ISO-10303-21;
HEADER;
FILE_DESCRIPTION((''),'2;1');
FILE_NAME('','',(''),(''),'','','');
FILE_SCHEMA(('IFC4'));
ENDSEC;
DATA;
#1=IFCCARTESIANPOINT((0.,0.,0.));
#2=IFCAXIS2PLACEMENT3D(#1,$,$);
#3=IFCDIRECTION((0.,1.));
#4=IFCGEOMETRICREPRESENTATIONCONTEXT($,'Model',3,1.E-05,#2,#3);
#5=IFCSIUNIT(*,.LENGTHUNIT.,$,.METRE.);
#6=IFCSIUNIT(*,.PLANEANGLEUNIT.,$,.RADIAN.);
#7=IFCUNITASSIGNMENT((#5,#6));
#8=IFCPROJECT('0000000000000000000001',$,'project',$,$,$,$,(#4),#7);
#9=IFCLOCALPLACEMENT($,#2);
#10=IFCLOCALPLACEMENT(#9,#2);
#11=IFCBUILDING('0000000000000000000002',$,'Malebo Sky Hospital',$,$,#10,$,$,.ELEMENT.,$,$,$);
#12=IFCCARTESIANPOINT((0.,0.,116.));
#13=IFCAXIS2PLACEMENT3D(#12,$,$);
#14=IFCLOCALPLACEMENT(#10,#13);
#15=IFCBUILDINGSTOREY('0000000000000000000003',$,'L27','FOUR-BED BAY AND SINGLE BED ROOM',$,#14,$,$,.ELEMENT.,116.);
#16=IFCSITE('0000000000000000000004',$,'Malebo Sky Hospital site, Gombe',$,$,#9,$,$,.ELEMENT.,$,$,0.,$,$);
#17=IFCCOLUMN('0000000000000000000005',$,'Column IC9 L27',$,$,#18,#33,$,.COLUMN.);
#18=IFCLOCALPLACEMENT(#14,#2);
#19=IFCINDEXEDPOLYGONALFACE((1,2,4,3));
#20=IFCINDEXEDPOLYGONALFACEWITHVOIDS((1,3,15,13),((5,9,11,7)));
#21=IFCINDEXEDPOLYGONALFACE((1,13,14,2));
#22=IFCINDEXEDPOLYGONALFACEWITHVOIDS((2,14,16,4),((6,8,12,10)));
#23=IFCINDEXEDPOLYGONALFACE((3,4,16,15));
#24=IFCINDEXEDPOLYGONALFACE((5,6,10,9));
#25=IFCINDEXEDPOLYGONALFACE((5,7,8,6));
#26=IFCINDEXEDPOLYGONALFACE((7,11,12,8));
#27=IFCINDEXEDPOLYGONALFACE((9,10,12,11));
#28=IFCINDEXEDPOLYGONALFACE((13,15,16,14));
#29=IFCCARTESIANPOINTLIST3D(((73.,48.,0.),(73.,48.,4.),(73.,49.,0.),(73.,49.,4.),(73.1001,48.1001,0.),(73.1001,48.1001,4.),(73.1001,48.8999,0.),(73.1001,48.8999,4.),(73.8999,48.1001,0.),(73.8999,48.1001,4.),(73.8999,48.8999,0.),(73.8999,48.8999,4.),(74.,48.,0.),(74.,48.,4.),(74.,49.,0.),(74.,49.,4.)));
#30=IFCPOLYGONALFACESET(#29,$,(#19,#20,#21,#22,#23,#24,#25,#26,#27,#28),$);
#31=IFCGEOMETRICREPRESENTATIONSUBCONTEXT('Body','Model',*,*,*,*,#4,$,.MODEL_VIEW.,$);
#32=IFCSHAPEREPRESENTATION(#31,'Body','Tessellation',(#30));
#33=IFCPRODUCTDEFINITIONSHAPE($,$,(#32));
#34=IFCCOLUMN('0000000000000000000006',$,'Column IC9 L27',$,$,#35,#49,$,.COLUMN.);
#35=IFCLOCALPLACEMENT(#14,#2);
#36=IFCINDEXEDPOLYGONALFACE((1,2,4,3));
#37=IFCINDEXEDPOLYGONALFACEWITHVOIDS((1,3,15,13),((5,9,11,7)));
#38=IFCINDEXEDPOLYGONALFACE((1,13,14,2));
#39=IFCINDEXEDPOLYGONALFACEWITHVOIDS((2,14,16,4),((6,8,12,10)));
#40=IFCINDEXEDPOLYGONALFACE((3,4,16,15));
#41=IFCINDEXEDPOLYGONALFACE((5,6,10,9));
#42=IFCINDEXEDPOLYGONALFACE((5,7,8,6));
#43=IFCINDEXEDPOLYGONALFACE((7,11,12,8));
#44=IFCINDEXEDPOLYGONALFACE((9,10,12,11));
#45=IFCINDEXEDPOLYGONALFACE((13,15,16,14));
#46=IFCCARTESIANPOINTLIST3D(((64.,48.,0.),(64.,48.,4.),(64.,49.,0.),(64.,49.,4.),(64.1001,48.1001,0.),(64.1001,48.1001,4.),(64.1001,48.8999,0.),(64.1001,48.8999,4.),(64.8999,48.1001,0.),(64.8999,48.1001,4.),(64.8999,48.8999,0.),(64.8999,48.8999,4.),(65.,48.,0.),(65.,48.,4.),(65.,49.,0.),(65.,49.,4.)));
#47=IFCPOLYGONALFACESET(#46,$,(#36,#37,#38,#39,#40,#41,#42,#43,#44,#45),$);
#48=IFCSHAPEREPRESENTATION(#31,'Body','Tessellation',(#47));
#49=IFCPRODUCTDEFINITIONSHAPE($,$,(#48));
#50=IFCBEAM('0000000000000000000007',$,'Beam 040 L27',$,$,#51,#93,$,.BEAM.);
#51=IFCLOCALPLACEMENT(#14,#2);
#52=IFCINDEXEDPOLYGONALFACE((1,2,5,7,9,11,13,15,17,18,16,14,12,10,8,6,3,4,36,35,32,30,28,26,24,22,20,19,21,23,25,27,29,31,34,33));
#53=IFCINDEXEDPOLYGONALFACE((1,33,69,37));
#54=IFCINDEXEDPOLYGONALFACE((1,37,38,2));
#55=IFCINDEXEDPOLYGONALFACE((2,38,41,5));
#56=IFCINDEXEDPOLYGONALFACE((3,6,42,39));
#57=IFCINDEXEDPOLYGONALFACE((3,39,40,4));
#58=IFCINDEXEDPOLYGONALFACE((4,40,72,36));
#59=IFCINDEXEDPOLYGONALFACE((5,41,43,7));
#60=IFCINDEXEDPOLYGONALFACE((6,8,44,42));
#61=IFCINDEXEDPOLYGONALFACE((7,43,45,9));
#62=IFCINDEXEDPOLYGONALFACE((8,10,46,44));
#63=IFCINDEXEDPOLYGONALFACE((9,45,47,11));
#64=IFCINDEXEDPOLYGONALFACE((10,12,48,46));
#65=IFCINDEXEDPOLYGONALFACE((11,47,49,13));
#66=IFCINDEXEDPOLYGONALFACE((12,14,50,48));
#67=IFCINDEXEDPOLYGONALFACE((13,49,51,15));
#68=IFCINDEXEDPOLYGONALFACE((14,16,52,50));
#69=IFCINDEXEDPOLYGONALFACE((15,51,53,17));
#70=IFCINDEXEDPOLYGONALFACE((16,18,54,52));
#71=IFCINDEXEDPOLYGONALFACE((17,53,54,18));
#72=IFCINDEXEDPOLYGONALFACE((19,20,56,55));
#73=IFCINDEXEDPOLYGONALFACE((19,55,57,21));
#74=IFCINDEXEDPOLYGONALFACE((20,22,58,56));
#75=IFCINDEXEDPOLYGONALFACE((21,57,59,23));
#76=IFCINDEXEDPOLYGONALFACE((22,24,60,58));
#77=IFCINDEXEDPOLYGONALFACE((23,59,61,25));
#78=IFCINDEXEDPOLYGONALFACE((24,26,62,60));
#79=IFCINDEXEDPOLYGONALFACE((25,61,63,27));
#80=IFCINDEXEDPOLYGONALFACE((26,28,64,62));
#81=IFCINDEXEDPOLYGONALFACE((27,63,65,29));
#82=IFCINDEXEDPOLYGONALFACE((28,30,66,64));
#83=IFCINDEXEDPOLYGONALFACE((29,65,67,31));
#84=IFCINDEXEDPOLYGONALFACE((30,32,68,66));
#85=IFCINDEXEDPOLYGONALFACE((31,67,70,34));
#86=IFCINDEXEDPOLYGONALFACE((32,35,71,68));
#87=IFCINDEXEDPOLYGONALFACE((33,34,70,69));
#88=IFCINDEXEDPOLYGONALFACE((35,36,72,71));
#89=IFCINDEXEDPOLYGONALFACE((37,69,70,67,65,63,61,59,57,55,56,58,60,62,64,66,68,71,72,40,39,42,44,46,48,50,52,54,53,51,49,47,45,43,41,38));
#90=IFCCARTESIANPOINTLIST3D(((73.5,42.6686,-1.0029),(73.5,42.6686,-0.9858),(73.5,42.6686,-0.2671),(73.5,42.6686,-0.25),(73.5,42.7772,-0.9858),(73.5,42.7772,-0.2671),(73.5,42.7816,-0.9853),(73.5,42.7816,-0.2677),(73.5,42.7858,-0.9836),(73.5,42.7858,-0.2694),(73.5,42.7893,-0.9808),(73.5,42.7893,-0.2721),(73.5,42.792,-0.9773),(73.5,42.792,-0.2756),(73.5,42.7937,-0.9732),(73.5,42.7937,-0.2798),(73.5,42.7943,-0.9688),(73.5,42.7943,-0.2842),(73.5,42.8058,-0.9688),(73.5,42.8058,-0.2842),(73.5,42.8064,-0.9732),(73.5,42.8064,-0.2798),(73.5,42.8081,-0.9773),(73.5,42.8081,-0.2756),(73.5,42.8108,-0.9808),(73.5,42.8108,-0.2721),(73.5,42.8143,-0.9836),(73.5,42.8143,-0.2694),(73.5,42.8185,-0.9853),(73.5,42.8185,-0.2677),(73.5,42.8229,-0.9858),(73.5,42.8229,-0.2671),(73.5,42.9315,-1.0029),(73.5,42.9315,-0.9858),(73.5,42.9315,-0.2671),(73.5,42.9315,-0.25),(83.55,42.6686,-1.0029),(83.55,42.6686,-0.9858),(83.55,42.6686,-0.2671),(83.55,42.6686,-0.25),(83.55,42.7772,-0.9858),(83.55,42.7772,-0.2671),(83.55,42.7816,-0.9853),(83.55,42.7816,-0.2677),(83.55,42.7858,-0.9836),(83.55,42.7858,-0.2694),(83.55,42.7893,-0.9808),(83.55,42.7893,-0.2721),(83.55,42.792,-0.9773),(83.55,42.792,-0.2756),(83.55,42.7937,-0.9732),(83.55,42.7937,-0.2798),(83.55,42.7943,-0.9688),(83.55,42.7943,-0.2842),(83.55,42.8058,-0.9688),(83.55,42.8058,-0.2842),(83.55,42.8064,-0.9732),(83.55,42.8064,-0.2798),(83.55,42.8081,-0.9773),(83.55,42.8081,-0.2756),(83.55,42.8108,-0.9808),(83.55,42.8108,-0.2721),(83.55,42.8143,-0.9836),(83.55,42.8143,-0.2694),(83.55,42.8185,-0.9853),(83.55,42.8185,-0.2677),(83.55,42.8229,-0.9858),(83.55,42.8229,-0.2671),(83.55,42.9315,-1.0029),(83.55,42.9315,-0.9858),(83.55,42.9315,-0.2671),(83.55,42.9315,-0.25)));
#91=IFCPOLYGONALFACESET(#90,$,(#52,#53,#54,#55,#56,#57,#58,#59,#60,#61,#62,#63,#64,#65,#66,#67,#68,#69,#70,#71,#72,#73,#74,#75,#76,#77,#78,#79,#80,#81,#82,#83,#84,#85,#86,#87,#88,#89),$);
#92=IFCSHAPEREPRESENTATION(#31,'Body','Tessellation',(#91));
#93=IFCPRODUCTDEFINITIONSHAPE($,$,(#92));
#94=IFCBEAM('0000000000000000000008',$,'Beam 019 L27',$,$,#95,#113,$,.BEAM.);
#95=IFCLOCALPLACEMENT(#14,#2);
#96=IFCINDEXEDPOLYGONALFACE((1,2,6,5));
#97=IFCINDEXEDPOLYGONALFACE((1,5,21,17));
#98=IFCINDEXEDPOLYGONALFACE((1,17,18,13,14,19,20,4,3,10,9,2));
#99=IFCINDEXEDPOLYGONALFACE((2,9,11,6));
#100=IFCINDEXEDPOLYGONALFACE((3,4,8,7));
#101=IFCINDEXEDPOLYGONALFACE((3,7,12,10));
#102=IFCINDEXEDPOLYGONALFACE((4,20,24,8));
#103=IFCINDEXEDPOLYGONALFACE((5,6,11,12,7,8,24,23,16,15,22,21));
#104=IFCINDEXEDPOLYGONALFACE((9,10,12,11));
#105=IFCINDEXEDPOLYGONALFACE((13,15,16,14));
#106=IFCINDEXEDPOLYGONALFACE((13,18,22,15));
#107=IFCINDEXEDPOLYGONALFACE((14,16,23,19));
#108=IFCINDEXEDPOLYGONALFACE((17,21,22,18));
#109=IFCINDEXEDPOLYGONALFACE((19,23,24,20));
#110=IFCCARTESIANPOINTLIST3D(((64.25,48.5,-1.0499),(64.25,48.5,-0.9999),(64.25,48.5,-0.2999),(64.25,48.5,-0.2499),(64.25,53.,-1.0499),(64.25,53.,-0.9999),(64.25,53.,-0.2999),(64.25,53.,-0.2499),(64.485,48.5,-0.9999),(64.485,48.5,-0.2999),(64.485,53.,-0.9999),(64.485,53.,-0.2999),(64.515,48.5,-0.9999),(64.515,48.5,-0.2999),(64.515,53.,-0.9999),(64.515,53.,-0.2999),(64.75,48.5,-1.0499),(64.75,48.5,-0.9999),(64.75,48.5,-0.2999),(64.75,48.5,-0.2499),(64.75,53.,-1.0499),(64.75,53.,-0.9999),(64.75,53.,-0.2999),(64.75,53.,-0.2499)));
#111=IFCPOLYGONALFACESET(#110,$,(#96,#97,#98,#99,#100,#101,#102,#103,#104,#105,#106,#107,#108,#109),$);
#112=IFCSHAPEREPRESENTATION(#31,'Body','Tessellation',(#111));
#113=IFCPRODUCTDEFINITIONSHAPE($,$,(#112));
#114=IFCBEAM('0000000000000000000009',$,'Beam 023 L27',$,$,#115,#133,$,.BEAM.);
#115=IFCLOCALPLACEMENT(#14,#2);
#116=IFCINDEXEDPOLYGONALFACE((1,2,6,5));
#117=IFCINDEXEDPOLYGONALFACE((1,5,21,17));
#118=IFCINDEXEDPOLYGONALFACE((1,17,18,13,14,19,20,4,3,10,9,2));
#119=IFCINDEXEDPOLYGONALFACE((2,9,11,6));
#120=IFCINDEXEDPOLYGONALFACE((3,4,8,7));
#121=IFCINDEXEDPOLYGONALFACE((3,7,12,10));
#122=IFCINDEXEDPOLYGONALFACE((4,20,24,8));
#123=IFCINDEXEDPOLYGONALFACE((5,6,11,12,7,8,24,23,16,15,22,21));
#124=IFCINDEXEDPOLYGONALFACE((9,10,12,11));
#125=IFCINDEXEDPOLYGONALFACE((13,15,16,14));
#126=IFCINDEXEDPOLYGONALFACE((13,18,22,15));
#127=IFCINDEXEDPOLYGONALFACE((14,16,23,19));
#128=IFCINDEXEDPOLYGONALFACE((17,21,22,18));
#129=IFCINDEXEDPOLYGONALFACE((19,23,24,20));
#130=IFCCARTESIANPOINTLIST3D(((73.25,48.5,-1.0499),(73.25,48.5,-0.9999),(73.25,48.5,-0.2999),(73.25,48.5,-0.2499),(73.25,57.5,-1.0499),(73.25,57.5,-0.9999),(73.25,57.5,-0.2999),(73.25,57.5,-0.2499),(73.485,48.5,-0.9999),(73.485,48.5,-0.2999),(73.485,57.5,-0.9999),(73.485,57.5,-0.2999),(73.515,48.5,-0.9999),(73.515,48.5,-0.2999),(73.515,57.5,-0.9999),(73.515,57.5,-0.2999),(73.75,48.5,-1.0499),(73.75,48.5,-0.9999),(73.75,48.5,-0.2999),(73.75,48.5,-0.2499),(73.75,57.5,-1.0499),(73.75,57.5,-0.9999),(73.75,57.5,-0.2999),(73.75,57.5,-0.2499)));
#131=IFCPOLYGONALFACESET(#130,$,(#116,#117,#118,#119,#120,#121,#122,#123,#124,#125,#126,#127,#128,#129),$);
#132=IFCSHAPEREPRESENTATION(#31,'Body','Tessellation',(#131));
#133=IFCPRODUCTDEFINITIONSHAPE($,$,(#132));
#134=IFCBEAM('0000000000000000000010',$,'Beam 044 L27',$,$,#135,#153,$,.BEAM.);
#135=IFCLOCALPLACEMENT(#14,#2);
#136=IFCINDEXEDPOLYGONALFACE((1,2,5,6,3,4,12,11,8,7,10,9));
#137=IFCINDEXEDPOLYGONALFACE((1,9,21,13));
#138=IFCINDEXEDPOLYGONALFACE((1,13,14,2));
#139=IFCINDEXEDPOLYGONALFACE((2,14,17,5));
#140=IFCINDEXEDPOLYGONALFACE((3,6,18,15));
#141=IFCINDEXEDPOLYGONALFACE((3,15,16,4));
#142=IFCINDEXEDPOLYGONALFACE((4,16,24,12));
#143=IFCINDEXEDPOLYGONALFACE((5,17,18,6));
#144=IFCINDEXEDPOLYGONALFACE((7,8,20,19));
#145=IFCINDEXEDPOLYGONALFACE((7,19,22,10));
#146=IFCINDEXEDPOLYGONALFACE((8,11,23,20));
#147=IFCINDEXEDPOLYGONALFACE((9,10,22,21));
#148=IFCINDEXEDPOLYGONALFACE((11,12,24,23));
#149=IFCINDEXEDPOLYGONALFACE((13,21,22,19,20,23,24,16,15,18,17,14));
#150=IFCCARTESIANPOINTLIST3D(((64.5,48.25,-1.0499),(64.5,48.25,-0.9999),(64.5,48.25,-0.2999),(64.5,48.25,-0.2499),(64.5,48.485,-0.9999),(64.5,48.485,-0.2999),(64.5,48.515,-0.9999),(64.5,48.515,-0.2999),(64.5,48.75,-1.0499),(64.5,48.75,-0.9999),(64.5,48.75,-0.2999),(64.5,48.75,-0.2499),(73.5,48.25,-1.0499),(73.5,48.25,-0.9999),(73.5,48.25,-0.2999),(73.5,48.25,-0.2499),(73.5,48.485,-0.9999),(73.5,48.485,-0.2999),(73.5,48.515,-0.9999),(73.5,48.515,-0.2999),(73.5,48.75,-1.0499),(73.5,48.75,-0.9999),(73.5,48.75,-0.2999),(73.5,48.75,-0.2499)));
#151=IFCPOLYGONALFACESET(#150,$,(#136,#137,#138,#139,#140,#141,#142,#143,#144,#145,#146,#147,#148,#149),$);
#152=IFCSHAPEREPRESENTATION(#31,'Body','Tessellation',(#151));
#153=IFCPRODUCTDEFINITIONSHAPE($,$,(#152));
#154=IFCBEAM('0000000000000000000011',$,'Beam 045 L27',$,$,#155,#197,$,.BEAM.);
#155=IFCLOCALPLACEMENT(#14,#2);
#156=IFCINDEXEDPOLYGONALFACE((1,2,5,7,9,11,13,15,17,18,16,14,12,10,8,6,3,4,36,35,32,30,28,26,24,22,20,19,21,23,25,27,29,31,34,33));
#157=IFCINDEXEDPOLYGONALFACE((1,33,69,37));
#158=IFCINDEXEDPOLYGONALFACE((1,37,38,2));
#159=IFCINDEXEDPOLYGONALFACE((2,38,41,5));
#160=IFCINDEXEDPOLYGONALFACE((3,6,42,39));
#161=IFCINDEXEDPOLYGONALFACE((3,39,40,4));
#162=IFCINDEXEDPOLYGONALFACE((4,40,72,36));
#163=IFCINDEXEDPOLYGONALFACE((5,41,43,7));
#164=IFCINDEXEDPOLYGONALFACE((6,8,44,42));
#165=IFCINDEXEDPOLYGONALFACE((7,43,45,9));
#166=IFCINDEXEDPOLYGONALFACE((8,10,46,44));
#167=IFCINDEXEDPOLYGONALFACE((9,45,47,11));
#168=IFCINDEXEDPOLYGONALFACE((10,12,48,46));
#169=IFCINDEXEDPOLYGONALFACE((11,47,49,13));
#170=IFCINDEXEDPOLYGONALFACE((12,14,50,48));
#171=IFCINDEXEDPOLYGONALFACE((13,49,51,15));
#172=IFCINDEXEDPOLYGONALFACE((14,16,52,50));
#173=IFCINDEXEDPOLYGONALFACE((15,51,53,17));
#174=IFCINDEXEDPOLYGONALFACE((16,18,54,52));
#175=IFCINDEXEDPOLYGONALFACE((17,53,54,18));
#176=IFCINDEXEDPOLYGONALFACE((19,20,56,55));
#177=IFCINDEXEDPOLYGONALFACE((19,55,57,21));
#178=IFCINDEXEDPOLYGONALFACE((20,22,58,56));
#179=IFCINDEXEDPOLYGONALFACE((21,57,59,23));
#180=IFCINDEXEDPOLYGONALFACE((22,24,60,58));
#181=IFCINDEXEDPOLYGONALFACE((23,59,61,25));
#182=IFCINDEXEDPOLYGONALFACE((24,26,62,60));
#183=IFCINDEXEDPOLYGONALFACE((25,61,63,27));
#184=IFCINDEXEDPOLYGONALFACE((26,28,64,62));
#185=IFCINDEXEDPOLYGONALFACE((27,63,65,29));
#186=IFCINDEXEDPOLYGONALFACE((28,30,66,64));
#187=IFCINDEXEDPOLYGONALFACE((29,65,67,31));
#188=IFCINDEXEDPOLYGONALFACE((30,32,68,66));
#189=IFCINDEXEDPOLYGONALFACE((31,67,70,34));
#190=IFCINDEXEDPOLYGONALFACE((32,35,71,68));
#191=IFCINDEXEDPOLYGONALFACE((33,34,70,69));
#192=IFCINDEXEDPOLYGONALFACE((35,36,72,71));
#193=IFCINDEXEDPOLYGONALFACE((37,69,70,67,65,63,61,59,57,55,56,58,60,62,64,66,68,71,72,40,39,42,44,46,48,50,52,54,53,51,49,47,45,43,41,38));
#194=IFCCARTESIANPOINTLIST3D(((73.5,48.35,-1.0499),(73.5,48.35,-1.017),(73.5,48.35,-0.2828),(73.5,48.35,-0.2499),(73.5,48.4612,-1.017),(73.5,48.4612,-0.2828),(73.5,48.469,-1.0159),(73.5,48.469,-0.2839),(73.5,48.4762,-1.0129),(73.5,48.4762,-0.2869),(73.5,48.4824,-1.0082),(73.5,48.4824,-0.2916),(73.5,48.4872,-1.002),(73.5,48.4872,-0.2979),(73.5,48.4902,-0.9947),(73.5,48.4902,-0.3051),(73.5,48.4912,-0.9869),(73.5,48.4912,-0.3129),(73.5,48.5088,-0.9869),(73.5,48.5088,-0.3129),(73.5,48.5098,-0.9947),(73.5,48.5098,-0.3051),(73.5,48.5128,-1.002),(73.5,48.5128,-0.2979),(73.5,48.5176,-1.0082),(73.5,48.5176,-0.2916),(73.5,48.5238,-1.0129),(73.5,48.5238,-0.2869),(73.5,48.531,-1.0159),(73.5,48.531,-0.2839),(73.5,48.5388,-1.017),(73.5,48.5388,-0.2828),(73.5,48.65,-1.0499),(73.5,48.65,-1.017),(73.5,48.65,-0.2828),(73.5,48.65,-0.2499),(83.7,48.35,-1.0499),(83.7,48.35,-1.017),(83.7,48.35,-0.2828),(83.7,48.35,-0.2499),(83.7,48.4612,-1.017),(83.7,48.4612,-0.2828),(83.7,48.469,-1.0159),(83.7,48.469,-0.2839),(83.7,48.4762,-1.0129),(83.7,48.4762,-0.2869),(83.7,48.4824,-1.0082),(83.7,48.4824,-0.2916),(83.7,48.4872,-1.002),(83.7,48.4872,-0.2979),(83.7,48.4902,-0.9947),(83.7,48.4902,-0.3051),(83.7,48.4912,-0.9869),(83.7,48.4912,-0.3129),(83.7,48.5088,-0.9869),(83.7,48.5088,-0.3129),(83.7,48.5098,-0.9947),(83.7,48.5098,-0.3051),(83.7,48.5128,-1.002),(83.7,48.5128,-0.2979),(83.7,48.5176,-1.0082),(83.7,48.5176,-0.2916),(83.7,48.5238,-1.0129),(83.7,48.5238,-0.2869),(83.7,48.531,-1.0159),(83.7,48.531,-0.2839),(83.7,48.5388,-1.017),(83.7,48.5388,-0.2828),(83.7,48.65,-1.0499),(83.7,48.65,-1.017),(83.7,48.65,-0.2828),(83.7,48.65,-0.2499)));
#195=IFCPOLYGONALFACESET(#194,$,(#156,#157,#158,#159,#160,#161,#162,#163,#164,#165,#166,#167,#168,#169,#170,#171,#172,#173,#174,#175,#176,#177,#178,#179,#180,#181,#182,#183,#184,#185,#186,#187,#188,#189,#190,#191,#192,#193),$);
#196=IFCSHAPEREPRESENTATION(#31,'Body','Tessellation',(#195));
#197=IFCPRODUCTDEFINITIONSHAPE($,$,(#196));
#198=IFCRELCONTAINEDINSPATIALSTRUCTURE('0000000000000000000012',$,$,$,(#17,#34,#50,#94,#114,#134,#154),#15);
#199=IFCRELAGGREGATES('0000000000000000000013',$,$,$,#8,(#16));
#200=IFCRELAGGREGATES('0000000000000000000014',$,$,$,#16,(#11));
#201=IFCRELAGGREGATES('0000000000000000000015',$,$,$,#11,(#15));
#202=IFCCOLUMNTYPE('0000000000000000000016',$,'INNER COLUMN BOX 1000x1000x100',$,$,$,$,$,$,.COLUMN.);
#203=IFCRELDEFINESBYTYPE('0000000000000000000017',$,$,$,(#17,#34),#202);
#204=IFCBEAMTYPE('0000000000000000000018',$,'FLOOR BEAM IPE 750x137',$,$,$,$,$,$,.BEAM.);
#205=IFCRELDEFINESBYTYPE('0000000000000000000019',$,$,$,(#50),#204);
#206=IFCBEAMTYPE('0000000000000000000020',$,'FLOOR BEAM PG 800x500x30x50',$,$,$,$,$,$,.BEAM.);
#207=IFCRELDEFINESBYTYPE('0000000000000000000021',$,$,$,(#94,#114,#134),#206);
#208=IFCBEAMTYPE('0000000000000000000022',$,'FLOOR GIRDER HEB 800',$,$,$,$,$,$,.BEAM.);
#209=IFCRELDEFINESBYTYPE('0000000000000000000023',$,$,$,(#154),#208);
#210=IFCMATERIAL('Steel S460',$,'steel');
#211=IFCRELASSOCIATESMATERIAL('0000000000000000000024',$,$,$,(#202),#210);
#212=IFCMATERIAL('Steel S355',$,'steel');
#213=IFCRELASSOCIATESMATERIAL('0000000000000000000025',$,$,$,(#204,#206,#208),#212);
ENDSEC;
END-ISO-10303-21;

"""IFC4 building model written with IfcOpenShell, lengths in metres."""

from ifc_helpers import new_model, si_unit, direction, frame, origin, origin_2d, place, context, subcontext, project, spatial, hollow_rectangle, i_section, extrude, material, material_profile, profile_set, type_object, element, save


model = new_model("IFC4")

# Units and contexts
model_context = context("Model", 3, precision=1e-05, world=origin(), true_north=direction((0.0, 1.0)))
body_context = subcontext(model_context, "Body", "Model", "MODEL_VIEW")
ifc_project = project(units=[si_unit("LENGTHUNIT", "METRE"), si_unit("PLANEANGLEUNIT", "RADIAN")], contexts=[model_context])

# Site, building, storey
site_placement = place(None, origin())
site = spatial("IfcSite", under=ifc_project, at=site_placement, Name="Malebo Sky Hospital site, Gombe", CompositionType="ELEMENT", RefElevation=0.0)
building_placement = place(site_placement, origin())
building = spatial("IfcBuilding", under=site, at=building_placement, Name="Malebo Sky Hospital", CompositionType="ELEMENT")
storey_placement = place(building_placement, frame((0.0, 0.0, 116.0)))
storey = spatial("IfcBuildingStorey", under=building, at=storey_placement, Name="L27", Description="FOUR-BED BAY AND SINGLE BED ROOM", CompositionType="ELEMENT", Elevation=116.0)

# Columns
ifc_material_1 = material(Name="Steel S460", Category="steel")
ifc_material_profile_1 = material_profile(ifc_material_1, hollow_rectangle(XDim=1.0, YDim=1.0, WallThickness=0.1001, at=origin_2d()), Name="BOX 1000x1000x100")
ifc_profile_set_1 = profile_set([ifc_material_profile_1], Name="Steel S460")
column_type = type_object("IfcColumnType", Name="INNER COLUMN BOX 1000x1000x100", PredefinedType="COLUMN", material=ifc_profile_set_1)
for number, where, z_axis, x_axis, name in (
    (1, (73.5, 48.5, 0.0), (0.0, 0.0, 1.0), (1.0, 0.0, 0.0), "Column IC9 L27"),
    (2, (64.5, 48.5, 0.0), (0.0, 0.0, 1.0), (1.0, 0.0, 0.0), "Column IC9 L27"),
):
    element("IfcColumn", number, at=place(storey_placement, frame(where, z_axis=z_axis, x_axis=x_axis)), inside=storey, type_object=column_type, Name=name, PredefinedType="COLUMN", context=body_context, shape_type="SweptSolid", body=[
        extrude(hollow_rectangle(XDim=1.0, YDim=1.0, WallThickness=0.1001, at=origin_2d()), origin(), (0.0, 0.0, 1.0), 4.0),
    ])

# Beams
ifc_material_2 = material(Name="Steel S355", Category="steel")
ifc_material_profile_2 = material_profile(ifc_material_2, i_section(OverallWidth=0.2629, OverallDepth=0.7529, WebThickness=0.0115, FlangeThickness=0.0171, FilletRadius=0.0171, at=origin_2d()), Name="IPE 750x137")
ifc_profile_set_2 = profile_set([ifc_material_profile_2], Name="Steel S355")
beam_type_1 = type_object("IfcBeamType", Name="FLOOR BEAM IPE 750x137", PredefinedType="BEAM", material=ifc_profile_set_2)
beam_1_placement = place(storey_placement, frame((73.5, 42.8, -0.6265), z_axis=(1.0, 0.0, 0.0), x_axis=(0.0, 1.0, 0.0)))
element("IfcBeam", 3, at=beam_1_placement, inside=storey, type_object=beam_type_1, Name="Beam 040 L27", PredefinedType="BEAM", context=body_context, shape_type="SweptSolid", body=[
    extrude(i_section(OverallWidth=0.2629, OverallDepth=0.7529, WebThickness=0.0115, FlangeThickness=0.0171, FilletRadius=0.0171, at=origin_2d()), origin(), (0.0, 0.0, 1.0), 10.05),
])
ifc_material_profile_3 = material_profile(ifc_material_2, i_section(OverallWidth=0.5, OverallDepth=0.8, WebThickness=0.03, FlangeThickness=0.05, at=origin_2d()), Name="PG 800x500x30x50")
ifc_profile_set_3 = profile_set([ifc_material_profile_3], Name="Steel S355")
beam_type_2 = type_object("IfcBeamType", Name="FLOOR BEAM PG 800x500x30x50", PredefinedType="BEAM", material=ifc_profile_set_3)
beam_2_placement = place(storey_placement, frame((64.5, 48.5, -0.6499), z_axis=(0.0, 1.0, 0.0), x_axis=(-1.0, 0.0, 0.0)))
element("IfcBeam", 4, at=beam_2_placement, inside=storey, type_object=beam_type_2, Name="Beam 019 L27", PredefinedType="BEAM", context=body_context, shape_type="SweptSolid", body=[
    extrude(i_section(OverallWidth=0.5, OverallDepth=0.8, WebThickness=0.03, FlangeThickness=0.05, at=origin_2d()), origin(), (0.0, 0.0, 1.0), 4.5),
])
for number, where, z_axis, x_axis, name in (
    (5, (73.5, 48.5, -0.6499), (0.0, 1.0, 0.0), (-1.0, 0.0, 0.0), "Beam 023 L27"),
    (6, (64.5, 48.5, -0.6499), (1.0, 0.0, 0.0), (0.0, 1.0, 0.0), "Beam 044 L27"),
):
    element("IfcBeam", number, at=place(storey_placement, frame(where, z_axis=z_axis, x_axis=x_axis)), inside=storey, type_object=beam_type_2, Name=name, PredefinedType="BEAM", context=body_context, shape_type="SweptSolid", body=[
        extrude(i_section(OverallWidth=0.5, OverallDepth=0.8, WebThickness=0.03, FlangeThickness=0.05, at=origin_2d()), origin(), (0.0, 0.0, 1.0), 9.0),
    ])
ifc_material_profile_4 = material_profile(ifc_material_2, i_section(OverallWidth=0.3, OverallDepth=0.8, WebThickness=0.0176, FlangeThickness=0.033, FilletRadius=0.03, at=origin_2d()), Name="HEB 800")
ifc_profile_set_4 = profile_set([ifc_material_profile_4], Name="Steel S355")
beam_type_3 = type_object("IfcBeamType", Name="FLOOR GIRDER HEB 800", PredefinedType="BEAM", material=ifc_profile_set_4)
beam_3_placement = place(storey_placement, frame((73.5, 48.5, -0.6499), z_axis=(1.0, 0.0, 0.0), x_axis=(0.0, 1.0, 0.0)))
element("IfcBeam", 7, at=beam_3_placement, inside=storey, type_object=beam_type_3, Name="Beam 045 L27", PredefinedType="BEAM", context=body_context, shape_type="SweptSolid", body=[
    extrude(i_section(OverallWidth=0.3, OverallDepth=0.8, WebThickness=0.0176, FlangeThickness=0.033, FilletRadius=0.03, at=origin_2d()), origin(), (0.0, 0.0, 1.0), 10.2),
])

save(model, "model.ifc")
